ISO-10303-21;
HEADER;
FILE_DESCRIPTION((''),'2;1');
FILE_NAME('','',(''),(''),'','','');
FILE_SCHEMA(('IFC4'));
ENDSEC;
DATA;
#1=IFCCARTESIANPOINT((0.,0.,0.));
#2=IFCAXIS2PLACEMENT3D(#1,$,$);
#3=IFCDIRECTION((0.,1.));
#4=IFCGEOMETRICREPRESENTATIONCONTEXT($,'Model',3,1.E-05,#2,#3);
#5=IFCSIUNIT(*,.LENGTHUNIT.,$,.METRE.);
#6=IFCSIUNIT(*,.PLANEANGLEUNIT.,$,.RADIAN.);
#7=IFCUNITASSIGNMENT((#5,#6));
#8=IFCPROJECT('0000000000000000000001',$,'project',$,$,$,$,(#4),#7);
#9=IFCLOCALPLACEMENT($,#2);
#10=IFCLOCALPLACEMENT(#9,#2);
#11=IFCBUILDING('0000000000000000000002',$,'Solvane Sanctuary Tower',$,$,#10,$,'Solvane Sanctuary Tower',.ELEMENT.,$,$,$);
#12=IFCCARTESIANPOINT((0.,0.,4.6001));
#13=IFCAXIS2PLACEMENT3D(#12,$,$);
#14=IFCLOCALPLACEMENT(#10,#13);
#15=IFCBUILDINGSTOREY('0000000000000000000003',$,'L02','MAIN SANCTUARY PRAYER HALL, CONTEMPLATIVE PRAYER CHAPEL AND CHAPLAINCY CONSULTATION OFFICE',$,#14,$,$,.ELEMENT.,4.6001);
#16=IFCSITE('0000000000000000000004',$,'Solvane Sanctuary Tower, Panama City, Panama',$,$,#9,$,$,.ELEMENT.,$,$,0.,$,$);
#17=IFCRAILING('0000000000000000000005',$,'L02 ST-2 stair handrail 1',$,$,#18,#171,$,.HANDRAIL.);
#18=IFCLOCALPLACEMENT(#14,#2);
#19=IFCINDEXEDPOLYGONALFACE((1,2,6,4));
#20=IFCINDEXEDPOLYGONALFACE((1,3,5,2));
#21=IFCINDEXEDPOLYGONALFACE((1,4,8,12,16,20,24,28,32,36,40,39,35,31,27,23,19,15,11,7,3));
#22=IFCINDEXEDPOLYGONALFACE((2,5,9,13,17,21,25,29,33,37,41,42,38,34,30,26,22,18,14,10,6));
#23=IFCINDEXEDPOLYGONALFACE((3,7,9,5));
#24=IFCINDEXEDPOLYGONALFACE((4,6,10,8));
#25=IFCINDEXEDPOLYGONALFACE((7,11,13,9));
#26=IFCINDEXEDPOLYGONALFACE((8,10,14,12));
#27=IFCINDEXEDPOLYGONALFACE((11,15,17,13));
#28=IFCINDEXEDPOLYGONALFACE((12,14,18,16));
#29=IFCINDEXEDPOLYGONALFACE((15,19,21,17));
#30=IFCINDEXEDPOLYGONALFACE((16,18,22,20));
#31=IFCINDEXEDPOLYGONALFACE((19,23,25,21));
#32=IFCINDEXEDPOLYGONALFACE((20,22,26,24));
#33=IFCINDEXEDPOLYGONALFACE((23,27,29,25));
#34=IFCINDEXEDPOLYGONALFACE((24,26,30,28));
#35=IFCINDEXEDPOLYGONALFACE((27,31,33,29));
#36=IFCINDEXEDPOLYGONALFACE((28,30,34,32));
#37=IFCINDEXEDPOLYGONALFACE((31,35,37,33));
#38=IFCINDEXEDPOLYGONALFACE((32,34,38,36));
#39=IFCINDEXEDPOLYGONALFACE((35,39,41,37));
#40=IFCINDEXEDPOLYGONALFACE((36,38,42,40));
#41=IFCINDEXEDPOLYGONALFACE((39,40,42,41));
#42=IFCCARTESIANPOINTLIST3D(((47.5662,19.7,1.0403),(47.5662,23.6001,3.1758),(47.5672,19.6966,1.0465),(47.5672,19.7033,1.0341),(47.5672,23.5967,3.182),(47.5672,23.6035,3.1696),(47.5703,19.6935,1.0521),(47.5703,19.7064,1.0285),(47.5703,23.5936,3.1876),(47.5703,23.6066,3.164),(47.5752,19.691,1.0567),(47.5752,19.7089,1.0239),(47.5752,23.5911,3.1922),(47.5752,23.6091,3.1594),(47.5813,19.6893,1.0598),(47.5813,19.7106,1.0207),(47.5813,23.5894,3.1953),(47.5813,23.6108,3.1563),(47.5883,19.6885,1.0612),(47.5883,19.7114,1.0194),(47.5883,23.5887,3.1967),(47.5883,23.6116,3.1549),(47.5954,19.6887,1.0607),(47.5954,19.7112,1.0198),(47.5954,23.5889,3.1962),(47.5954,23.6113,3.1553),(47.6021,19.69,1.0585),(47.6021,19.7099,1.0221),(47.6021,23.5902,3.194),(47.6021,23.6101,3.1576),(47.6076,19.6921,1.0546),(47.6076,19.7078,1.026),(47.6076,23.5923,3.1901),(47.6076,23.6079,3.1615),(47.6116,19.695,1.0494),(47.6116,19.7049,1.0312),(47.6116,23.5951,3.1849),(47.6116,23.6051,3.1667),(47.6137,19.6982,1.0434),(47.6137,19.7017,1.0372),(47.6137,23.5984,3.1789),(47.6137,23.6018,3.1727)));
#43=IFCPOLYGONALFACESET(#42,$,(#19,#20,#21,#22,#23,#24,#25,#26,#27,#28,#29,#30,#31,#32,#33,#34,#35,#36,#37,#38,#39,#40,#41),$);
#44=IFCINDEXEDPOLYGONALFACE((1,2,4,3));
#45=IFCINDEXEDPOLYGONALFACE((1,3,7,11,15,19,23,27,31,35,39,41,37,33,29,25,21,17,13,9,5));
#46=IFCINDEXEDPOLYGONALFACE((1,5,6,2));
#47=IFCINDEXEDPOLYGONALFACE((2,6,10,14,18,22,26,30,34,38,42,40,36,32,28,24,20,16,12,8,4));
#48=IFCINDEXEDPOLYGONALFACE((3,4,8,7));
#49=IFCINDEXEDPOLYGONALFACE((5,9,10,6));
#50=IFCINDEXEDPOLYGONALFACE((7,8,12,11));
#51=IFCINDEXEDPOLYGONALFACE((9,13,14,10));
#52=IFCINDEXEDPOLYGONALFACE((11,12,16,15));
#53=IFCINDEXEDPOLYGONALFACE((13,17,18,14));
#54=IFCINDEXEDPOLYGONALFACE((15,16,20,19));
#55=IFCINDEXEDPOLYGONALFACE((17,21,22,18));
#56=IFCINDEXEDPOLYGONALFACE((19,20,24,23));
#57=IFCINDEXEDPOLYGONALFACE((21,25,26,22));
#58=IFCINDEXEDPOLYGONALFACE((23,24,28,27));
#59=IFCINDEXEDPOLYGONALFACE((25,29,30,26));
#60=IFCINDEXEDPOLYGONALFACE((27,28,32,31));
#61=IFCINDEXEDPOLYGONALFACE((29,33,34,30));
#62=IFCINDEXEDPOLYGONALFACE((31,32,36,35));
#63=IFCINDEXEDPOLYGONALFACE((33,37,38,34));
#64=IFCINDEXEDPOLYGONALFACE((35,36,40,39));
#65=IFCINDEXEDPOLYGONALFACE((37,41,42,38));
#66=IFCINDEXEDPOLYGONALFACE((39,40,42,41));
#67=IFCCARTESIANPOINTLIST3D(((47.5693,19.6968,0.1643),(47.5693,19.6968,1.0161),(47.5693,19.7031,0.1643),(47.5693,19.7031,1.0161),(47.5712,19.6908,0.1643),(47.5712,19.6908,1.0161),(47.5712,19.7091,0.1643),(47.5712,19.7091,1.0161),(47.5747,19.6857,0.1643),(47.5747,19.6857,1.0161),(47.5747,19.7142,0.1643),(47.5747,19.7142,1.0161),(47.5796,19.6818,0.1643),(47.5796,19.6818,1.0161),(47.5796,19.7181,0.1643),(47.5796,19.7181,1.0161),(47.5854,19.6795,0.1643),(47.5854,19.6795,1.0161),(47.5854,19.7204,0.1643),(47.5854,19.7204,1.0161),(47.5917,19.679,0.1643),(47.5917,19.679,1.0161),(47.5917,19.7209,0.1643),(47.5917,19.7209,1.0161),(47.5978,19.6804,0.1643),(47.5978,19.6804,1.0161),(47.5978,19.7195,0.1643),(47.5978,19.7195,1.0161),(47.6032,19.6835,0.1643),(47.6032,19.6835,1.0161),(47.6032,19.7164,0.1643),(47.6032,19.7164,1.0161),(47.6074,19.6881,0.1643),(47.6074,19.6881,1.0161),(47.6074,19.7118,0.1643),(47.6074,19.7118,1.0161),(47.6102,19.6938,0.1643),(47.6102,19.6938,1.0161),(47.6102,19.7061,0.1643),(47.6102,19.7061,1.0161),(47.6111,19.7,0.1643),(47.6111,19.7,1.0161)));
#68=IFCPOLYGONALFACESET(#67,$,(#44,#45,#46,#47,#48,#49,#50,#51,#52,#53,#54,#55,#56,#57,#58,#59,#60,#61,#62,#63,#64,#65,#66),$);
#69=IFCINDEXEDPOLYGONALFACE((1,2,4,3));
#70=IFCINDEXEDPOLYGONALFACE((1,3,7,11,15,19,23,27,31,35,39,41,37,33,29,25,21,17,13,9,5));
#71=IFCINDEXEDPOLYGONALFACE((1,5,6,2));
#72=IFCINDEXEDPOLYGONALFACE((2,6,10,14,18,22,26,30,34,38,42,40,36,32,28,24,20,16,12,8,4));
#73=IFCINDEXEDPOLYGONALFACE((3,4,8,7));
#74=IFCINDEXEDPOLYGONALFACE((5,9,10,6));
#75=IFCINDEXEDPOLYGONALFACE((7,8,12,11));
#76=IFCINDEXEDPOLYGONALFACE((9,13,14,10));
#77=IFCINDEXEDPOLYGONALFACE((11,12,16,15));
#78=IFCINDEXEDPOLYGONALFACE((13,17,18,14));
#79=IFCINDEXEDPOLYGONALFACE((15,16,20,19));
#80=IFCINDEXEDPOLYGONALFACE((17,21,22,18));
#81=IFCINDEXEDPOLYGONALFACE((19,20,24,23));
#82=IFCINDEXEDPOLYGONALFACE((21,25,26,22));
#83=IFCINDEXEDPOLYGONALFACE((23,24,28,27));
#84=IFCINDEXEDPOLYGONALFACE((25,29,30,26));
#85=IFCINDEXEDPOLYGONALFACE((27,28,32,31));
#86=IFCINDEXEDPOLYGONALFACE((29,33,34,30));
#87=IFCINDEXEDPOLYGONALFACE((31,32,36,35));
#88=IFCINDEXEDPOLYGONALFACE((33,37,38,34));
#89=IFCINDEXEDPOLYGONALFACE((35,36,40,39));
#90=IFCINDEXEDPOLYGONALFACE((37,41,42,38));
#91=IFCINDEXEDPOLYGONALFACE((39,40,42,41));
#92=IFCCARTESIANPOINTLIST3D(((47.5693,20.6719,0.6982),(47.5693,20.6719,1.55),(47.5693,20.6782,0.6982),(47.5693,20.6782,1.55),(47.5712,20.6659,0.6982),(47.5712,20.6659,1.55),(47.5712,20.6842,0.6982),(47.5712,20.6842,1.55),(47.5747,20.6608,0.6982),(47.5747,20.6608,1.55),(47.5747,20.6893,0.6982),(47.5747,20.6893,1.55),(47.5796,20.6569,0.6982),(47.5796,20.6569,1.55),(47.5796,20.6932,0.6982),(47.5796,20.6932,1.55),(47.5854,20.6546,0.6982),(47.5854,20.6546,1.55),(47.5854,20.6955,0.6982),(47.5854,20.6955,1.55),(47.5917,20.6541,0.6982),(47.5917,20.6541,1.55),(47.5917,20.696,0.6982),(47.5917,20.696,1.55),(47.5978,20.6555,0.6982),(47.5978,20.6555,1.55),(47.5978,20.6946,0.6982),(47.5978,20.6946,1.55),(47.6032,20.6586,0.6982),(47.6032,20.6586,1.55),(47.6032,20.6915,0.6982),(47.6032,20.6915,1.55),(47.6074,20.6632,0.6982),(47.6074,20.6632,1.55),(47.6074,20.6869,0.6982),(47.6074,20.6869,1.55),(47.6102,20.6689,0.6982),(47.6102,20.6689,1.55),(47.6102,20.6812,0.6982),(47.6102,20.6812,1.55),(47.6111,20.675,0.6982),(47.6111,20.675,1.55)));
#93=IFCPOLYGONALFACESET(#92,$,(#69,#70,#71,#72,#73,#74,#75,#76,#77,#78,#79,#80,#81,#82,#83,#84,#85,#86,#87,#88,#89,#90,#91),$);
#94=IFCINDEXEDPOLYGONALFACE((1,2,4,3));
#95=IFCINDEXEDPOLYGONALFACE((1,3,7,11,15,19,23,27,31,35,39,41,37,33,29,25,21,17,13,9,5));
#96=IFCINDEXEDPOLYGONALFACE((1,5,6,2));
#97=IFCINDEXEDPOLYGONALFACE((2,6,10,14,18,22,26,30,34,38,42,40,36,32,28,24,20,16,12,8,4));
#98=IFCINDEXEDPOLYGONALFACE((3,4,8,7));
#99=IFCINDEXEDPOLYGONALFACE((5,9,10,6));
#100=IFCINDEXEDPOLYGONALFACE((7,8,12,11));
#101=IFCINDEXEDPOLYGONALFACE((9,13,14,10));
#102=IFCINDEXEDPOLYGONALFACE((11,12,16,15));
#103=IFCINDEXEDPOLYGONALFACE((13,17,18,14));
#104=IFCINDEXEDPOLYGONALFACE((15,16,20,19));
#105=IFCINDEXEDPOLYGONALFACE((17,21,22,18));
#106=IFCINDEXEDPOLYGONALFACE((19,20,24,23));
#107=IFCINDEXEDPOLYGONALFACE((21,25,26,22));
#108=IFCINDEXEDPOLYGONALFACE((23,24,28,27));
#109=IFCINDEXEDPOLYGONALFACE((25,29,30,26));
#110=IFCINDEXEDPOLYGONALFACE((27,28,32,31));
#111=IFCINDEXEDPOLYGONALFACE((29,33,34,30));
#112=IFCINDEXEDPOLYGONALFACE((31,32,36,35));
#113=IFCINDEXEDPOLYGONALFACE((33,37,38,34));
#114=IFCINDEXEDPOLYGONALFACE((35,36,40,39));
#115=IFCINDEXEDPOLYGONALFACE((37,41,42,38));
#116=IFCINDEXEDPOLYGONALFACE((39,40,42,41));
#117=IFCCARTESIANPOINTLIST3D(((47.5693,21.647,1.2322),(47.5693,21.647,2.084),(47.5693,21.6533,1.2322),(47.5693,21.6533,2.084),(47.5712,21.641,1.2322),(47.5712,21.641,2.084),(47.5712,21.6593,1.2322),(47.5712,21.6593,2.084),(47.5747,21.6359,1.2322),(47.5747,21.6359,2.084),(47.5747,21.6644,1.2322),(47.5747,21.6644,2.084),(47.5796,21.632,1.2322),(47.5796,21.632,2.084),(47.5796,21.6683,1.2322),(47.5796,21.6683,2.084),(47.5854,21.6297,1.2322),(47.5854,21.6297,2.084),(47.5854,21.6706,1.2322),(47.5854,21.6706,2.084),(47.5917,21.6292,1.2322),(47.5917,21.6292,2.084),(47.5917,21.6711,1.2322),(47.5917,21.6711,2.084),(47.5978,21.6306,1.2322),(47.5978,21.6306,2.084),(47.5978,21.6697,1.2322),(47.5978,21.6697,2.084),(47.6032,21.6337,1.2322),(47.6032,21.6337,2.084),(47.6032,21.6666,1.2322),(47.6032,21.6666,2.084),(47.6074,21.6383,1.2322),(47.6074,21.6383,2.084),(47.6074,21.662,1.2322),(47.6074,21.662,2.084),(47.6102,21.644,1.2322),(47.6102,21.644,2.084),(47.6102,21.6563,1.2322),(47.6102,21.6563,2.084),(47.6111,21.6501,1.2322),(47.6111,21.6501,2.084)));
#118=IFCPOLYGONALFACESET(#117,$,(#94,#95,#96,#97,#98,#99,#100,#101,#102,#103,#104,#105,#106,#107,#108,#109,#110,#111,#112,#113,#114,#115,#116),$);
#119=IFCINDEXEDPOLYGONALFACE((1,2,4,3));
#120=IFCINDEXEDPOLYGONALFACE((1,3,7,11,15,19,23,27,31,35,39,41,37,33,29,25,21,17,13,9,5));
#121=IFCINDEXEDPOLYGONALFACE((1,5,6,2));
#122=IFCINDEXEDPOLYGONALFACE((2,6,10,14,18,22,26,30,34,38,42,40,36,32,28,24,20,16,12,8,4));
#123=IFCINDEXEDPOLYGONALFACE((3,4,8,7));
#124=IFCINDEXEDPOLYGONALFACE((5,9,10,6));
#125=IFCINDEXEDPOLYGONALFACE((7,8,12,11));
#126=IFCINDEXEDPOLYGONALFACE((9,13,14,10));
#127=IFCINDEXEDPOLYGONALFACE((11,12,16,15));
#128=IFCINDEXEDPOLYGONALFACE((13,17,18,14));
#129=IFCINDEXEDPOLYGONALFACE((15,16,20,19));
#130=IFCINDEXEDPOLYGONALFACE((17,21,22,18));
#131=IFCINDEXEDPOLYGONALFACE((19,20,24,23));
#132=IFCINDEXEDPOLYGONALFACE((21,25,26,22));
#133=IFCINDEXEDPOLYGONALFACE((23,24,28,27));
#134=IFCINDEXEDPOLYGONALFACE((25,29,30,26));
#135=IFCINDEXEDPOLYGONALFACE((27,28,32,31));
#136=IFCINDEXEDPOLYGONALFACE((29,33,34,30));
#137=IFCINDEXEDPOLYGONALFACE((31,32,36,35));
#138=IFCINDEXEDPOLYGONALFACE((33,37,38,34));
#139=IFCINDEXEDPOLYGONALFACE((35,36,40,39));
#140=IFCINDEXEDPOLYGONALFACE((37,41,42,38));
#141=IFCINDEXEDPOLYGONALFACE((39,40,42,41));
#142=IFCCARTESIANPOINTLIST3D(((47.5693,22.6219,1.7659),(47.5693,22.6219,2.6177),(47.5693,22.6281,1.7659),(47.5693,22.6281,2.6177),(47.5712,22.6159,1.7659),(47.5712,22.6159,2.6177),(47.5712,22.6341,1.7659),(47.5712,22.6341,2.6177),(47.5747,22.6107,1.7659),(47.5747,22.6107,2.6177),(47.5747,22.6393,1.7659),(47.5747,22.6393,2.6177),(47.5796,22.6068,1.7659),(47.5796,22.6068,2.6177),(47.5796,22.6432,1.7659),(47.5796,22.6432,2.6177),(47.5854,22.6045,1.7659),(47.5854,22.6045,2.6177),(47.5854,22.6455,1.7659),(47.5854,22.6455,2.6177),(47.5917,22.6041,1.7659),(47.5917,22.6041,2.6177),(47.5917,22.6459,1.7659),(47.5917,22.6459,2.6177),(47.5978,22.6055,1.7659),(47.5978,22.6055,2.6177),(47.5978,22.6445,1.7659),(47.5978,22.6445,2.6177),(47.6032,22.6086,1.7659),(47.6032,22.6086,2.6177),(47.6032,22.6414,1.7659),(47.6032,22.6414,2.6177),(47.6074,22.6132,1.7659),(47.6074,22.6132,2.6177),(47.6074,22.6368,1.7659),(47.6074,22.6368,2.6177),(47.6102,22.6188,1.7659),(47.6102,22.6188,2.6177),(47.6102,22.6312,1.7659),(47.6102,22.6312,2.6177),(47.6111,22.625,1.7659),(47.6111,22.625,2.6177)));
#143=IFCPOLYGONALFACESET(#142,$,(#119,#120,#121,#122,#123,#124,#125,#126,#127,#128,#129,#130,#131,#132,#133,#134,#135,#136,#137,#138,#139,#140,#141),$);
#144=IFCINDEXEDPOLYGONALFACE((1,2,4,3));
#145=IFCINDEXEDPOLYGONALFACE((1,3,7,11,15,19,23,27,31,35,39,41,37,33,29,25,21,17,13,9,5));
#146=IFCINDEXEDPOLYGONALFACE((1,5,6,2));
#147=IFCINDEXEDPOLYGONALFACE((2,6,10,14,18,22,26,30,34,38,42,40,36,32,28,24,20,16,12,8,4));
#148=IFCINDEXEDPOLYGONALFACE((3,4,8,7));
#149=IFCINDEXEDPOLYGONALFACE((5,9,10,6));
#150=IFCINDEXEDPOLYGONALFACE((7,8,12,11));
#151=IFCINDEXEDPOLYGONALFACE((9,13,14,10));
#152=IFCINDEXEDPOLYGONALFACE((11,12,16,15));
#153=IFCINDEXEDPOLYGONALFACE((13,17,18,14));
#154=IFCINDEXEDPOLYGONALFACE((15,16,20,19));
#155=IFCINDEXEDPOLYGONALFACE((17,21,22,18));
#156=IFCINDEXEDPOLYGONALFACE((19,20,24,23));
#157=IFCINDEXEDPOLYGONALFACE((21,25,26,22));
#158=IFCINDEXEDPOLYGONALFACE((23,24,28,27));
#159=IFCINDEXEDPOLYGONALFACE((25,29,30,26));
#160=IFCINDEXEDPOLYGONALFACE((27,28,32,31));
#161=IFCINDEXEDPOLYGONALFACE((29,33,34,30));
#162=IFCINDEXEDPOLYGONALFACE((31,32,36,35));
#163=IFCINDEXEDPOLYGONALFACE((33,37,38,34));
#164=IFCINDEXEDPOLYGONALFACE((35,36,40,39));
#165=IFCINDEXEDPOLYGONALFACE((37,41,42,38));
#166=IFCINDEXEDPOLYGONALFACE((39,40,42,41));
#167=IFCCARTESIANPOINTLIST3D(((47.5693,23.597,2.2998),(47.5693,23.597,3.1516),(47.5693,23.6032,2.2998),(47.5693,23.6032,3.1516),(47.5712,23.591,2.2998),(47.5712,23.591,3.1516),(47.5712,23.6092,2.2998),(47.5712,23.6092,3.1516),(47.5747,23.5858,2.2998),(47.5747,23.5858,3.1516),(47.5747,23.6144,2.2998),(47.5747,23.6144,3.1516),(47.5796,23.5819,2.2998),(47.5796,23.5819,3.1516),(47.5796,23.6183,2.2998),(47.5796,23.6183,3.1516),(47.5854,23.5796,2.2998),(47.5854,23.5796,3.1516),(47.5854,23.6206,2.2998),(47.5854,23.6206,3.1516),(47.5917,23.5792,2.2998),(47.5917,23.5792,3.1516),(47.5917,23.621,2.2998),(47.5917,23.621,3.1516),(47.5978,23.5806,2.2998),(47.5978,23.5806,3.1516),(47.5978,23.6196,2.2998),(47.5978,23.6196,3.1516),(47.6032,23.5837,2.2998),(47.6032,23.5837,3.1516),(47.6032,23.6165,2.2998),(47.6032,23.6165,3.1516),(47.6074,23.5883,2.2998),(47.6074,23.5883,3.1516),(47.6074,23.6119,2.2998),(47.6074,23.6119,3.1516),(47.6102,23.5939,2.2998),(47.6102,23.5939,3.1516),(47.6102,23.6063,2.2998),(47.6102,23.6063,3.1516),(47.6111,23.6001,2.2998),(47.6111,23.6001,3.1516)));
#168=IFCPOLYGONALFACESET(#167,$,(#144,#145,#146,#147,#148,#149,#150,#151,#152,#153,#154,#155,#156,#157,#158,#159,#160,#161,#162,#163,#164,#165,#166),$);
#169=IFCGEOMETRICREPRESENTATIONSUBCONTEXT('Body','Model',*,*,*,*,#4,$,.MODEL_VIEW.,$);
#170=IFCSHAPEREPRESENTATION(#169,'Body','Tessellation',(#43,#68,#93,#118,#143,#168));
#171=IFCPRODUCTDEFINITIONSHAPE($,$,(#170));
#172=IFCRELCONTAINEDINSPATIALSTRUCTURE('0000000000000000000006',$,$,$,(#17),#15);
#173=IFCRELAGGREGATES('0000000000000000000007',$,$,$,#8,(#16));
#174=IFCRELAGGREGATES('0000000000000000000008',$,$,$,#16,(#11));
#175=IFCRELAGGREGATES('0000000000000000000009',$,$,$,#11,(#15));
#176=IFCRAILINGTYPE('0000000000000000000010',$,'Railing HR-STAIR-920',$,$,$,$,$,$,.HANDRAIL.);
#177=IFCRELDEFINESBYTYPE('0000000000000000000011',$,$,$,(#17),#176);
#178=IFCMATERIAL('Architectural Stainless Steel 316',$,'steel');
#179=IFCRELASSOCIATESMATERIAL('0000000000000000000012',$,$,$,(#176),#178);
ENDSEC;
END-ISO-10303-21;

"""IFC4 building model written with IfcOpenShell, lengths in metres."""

from ifc_helpers import new_model, si_unit, direction, frame, origin, origin_2d, place, context, subcontext, project, spatial, circle, extrude, material, type_object, element, save


model = new_model("IFC4")

# Units and contexts
model_context = context("Model", 3, precision=1e-05, world=origin(), true_north=direction((0.0, 1.0)))
body_context = subcontext(model_context, "Body", "Model", "MODEL_VIEW")
ifc_project = project(units=[si_unit("LENGTHUNIT", "METRE"), si_unit("PLANEANGLEUNIT", "RADIAN")], contexts=[model_context])

# Site, building, storey
site_placement = place(None, origin())
site = spatial("IfcSite", under=ifc_project, at=site_placement, Name="Solvane Sanctuary Tower, Panama City, Panama", CompositionType="ELEMENT", RefElevation=0.0)
building_placement = place(site_placement, origin())
building = spatial("IfcBuilding", under=site, at=building_placement, Name="Solvane Sanctuary Tower", LongName="Solvane Sanctuary Tower", CompositionType="ELEMENT")
storey_placement = place(building_placement, frame((0.0, 0.0, 4.6001)))
storey = spatial("IfcBuildingStorey", under=building, at=storey_placement, Name="L02", Description="MAIN SANCTUARY PRAYER HALL, CONTEMPLATIVE PRAYER CHAPEL AND CHAPLAINCY CONSULTATION OFFICE", CompositionType="ELEMENT", Elevation=4.6001)

# Shared definitions
ifc_material_1 = material(Name="Architectural Stainless Steel 316", Category="steel")

# Railing
railing_type_1 = type_object("IfcRailingType", Name="Railing HR-STAIR-920", PredefinedType="HANDRAIL", material=ifc_material_1)
railing_1_placement = place(storey_placement, frame((47.5901, 19.7, 0.1643)))
element("IfcRailing", 1, at=railing_1_placement, inside=storey, type_object=railing_type_1, Name="L02 ST-2 stair handrail 1", PredefinedType="HANDRAIL", context=body_context, shape_type="SweptSolid", body=[
    extrude(circle(Radius=0.0239, at=origin_2d()), frame((0.0, 0.0, 0.876), z_axis=(0.0, 0.877124, 0.480263), x_axis=(-1.0, 0.0, 0.0)), (0.0, 0.0, 1.0), 4.4465),
    extrude(circle(Radius=0.021, at=origin_2d()), origin(), (0.0, 0.0, 1.0), 0.8518),
    extrude(circle(Radius=0.021, at=origin_2d()), frame((0.0, 0.9751, 0.5339)), (0.0, 0.0, 1.0), 0.8518),
    extrude(circle(Radius=0.021, at=origin_2d()), frame((0.0, 1.9502, 1.0679)), (0.0, 0.0, 1.0), 0.8518),
    extrude(circle(Radius=0.021, at=origin_2d()), frame((0.0, 2.925, 1.6016)), (0.0, 0.0, 1.0), 0.8518),
    extrude(circle(Radius=0.021, at=origin_2d()), frame((0.0, 3.9001, 2.1355)), (0.0, 0.0, 1.0), 0.8518),
])

save(model, "model.ifc")
